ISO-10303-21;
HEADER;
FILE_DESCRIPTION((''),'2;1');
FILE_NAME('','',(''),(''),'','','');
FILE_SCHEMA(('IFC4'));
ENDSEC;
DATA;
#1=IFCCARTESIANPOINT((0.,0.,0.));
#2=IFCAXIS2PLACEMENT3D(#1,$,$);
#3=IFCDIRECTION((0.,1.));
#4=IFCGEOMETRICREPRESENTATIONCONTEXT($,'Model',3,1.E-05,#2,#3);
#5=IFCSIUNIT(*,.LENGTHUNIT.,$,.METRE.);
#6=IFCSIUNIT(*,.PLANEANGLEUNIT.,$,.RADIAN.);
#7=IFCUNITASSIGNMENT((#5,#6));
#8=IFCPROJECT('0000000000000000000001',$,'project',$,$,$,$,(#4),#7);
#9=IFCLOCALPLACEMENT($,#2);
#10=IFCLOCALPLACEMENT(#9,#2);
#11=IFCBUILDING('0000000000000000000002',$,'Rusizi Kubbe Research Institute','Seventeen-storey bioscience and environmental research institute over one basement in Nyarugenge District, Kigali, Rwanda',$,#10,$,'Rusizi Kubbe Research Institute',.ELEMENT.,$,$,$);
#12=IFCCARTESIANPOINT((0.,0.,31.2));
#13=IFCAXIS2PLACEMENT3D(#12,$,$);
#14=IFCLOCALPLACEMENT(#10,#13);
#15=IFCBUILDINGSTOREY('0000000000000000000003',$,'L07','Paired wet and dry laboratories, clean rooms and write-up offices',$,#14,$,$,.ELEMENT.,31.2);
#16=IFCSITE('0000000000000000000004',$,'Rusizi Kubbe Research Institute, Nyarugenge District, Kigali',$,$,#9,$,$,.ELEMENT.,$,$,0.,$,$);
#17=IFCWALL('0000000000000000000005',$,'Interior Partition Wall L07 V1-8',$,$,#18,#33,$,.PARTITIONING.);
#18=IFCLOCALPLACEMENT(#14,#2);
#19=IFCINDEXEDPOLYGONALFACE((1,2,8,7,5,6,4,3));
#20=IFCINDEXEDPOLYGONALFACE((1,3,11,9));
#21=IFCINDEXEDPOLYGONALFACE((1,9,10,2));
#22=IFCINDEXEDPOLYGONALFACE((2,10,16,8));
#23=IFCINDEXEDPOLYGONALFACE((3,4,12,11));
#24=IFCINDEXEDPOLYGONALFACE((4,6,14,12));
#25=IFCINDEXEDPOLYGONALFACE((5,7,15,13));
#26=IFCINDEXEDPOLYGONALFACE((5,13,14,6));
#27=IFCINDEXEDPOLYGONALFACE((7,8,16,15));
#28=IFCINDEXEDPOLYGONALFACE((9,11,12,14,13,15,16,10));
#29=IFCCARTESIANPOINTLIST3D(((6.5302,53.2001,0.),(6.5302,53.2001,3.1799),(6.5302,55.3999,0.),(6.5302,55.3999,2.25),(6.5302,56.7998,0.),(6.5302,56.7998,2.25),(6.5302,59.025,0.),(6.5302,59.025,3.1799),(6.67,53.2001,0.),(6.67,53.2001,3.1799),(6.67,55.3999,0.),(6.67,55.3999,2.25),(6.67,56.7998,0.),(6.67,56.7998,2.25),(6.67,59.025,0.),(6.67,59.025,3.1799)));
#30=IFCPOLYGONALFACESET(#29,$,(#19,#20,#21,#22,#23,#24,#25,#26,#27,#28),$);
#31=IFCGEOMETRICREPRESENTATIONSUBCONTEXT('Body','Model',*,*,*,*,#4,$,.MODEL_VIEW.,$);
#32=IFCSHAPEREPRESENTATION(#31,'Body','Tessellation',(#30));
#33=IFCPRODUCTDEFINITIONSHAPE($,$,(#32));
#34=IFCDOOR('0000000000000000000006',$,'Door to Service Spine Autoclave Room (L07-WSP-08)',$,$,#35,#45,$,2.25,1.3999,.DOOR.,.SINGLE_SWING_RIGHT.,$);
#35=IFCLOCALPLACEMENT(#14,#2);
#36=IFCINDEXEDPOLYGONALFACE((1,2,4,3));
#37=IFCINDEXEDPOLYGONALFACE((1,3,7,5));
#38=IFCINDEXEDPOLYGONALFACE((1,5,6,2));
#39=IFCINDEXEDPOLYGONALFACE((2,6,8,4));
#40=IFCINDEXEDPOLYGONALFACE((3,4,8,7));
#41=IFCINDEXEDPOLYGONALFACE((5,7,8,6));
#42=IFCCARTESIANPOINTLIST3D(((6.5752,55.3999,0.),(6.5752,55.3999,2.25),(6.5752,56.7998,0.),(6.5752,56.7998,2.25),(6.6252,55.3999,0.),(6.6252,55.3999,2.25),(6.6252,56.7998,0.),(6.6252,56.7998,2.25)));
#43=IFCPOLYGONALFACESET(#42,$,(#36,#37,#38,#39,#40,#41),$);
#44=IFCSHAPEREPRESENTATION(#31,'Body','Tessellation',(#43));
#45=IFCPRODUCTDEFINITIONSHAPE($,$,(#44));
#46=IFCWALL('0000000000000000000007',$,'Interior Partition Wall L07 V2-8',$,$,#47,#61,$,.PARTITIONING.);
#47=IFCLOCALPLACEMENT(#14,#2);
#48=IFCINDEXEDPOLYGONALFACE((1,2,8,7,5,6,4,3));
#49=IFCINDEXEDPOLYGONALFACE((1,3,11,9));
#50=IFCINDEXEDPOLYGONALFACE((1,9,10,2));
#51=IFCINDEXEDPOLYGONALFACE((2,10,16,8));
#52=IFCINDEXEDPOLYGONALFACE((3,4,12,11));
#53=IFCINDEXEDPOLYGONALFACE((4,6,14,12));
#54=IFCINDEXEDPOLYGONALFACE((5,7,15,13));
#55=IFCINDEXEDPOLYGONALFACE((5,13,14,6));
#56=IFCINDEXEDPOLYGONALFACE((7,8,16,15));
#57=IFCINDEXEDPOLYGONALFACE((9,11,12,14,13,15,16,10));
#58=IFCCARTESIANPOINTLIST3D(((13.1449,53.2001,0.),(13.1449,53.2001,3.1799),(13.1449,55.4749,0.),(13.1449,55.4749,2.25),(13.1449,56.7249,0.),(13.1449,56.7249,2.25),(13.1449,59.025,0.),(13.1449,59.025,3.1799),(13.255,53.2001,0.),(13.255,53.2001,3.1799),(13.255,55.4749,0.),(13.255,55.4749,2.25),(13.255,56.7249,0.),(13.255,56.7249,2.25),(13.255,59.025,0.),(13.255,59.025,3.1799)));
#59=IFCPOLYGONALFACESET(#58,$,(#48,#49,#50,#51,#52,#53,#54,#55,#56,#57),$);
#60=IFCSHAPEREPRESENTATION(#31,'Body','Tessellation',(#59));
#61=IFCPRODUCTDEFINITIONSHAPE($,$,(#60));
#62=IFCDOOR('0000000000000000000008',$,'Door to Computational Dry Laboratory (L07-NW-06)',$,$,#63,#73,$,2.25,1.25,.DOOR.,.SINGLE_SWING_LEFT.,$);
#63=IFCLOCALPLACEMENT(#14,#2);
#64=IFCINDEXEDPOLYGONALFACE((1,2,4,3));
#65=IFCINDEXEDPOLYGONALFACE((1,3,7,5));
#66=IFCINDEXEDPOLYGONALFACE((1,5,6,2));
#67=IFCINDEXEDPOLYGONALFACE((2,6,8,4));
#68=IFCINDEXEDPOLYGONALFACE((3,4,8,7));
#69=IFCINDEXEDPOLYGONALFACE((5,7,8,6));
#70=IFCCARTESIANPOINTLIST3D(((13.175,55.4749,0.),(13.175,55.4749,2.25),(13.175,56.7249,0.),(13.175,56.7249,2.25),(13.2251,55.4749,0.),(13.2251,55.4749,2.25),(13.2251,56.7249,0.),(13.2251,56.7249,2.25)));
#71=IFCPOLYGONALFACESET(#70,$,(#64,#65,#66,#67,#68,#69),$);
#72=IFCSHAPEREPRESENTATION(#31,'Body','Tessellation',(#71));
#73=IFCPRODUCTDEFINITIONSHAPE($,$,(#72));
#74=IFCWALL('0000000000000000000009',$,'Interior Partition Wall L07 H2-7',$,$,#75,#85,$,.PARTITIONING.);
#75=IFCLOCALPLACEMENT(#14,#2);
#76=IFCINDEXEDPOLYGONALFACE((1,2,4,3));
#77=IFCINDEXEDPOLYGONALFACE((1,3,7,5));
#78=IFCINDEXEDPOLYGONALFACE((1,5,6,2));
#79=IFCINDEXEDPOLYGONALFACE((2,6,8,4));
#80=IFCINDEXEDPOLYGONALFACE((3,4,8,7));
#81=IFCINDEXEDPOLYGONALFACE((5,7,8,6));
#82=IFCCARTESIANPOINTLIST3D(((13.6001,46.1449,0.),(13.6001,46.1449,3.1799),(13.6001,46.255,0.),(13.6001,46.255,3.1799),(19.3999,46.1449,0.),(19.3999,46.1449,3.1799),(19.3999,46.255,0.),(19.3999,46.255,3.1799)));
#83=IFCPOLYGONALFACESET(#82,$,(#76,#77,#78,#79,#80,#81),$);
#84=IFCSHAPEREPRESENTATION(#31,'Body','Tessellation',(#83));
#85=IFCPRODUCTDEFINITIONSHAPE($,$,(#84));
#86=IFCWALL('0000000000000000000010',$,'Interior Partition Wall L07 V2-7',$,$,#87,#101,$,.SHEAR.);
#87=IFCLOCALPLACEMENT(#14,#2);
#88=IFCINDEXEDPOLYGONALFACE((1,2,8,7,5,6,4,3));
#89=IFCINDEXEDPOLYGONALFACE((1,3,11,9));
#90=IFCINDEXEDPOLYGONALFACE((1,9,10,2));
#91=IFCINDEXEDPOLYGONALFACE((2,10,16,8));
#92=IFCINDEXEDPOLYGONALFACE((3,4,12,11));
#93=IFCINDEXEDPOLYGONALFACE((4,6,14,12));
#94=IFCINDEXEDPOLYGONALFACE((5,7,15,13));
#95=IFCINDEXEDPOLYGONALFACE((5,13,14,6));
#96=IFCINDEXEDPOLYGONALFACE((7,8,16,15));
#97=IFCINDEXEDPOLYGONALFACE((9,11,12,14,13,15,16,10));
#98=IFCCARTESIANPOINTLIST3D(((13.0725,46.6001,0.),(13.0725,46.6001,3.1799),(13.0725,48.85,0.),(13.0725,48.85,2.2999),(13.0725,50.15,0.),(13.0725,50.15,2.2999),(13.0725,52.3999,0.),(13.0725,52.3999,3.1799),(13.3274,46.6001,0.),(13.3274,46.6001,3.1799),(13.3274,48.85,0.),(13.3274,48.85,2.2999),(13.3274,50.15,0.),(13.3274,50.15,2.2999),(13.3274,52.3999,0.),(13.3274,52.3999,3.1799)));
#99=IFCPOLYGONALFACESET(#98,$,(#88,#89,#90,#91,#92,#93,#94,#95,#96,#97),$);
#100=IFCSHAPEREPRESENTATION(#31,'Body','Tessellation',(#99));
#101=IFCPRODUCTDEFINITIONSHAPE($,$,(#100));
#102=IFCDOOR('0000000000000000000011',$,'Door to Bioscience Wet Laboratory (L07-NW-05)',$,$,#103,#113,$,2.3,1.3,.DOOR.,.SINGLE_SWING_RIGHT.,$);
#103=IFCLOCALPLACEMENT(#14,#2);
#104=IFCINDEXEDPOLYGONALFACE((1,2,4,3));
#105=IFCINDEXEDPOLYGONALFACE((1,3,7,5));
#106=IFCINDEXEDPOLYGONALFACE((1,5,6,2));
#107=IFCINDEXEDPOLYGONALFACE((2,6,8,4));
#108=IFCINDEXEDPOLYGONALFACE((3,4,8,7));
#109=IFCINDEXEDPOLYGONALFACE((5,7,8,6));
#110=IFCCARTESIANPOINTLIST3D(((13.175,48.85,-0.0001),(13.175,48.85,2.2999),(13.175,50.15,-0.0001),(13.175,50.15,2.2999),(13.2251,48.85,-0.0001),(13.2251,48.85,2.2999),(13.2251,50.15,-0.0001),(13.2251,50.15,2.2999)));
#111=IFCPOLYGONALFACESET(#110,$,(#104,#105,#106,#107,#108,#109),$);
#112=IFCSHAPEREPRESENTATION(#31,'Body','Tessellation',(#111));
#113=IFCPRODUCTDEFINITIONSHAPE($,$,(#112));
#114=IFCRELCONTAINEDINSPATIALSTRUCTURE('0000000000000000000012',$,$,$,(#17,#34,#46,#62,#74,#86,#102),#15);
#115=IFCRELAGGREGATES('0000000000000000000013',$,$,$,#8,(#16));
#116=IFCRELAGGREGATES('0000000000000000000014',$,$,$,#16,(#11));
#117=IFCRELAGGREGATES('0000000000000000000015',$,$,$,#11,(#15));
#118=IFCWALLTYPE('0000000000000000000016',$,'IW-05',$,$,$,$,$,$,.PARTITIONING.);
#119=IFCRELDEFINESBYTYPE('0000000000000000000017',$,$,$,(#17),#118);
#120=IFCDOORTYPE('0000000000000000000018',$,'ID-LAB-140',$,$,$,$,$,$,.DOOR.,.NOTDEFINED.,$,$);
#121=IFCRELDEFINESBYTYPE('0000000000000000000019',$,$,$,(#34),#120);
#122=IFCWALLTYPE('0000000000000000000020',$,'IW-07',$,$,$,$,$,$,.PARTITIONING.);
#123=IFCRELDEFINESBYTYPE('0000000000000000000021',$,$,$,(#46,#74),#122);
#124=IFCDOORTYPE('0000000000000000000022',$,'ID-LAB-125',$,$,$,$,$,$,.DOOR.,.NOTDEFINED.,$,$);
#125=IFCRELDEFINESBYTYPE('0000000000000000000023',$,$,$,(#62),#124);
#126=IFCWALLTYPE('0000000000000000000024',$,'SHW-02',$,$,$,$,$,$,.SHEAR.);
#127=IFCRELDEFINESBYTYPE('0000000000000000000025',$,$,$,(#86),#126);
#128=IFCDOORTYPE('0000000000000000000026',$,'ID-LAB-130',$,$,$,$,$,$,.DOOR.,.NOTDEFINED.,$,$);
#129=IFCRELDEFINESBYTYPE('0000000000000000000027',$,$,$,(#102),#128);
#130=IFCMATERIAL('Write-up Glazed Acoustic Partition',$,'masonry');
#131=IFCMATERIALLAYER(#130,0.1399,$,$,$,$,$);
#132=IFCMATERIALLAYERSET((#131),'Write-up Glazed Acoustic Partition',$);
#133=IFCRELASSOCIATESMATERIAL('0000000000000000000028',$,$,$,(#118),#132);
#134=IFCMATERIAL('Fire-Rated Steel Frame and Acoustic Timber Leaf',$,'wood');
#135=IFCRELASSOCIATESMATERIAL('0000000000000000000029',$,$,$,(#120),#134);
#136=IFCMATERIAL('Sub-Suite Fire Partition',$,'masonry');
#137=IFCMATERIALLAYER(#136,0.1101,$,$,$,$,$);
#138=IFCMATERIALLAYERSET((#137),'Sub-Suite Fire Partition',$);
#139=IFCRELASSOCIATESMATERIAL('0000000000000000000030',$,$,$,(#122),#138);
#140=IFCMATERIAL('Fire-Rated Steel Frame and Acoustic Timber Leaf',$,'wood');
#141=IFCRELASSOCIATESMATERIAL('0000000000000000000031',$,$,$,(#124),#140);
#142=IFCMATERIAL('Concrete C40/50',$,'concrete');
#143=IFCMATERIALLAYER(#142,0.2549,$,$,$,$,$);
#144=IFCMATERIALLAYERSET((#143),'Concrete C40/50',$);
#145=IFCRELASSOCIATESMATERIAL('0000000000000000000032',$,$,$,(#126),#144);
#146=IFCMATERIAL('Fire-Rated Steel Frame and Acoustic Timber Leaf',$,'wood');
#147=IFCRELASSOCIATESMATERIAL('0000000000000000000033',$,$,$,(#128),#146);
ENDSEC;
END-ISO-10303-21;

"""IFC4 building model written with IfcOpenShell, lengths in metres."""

from ifc_helpers import new_model, si_unit, direction, frame, frame_2d, origin, place, context, subcontext, project, spatial, rectangle, extrude, material, layer, layer_set, type_object, element, fill, save


model = new_model("IFC4")

# Units and contexts
model_context = context("Model", 3, precision=1e-05, world=origin(), true_north=direction((0.0, 1.0)))
body_context = subcontext(model_context, "Body", "Model", "MODEL_VIEW")
ifc_project = project(units=[si_unit("LENGTHUNIT", "METRE"), si_unit("PLANEANGLEUNIT", "RADIAN")], contexts=[model_context])

# Site, building, storey
site_placement = place(None, origin())
site = spatial("IfcSite", under=ifc_project, at=site_placement, Name="Rusizi Kubbe Research Institute, Nyarugenge District, Kigali", CompositionType="ELEMENT", RefElevation=0.0)
building_placement = place(site_placement, origin())
building = spatial("IfcBuilding", under=site, at=building_placement, Name="Rusizi Kubbe Research Institute", Description="Seventeen-storey bioscience and environmental research institute over one basement in Nyarugenge District, Kigali, Rwanda", LongName="Rusizi Kubbe Research Institute", CompositionType="ELEMENT")
storey_placement = place(building_placement, frame((0.0, 0.0, 31.2)))
storey = spatial("IfcBuildingStorey", under=building, at=storey_placement, Name="L07", Description="Paired wet and dry laboratories, clean rooms and write-up offices", CompositionType="ELEMENT", Elevation=31.2)

# Walls, openings, doors
ifc_material_1 = material(Name="Write-up Glazed Acoustic Partition", Category="masonry")
ifc_layer_1 = layer(ifc_material_1, 0.1399)
ifc_layer_set_1 = layer_set([ifc_layer_1], Name="Write-up Glazed Acoustic Partition")
wall_type_1 = type_object("IfcWallType", Name="IW-05", PredefinedType="PARTITIONING", material=ifc_layer_set_1)
wall_1_placement = place(storey_placement, frame((6.6001, 53.2, 0.0), z_axis=(0.0, 0.0, 1.0), x_axis=(0.0, 1.0, 0.0)))
wall_1 = element("IfcWall", 1, at=wall_1_placement, inside=storey, type_object=wall_type_1, Name="Interior Partition Wall L07 V1-8", PredefinedType="PARTITIONING", context=body_context, shape_type="SweptSolid", body=[
    extrude(rectangle(XDim=5.825, YDim=0.1399, at=frame_2d((2.9126, 0.0))), origin(), (0.0, 0.0, 1.0), 3.1799),
])
opening_1_placement = place(wall_1_placement, frame((2.2, 0.0, 0.0)))
opening_1 = element("IfcOpeningElement", 2, at=opening_1_placement, cuts=wall_1, PredefinedType="OPENING", context=body_context, shape_type="SweptSolid", body=[
    extrude(rectangle(XDim=1.3999, YDim=2.25, at=frame_2d((0.7, 1.125))), frame((0.0, 0.0798, 0.0), z_axis=(0.0, -1.0, 0.0), x_axis=(1.0, 0.0, 0.0)), (0.0, 0.0, 1.0), 0.1599),
])
ifc_material_2 = material(Name="Fire-Rated Steel Frame and Acoustic Timber Leaf", Category="wood")
door_type_1 = type_object("IfcDoorType", Name="ID-LAB-140", OperationType="NOTDEFINED", PredefinedType="DOOR", material=ifc_material_2)
door_1_placement = place(opening_1_placement, origin())
door_1 = element("IfcDoor", 3, at=door_1_placement, inside=storey, type_object=door_type_1, Name="Door to Service Spine Autoclave Room (L07-WSP-08)", OperationType="SINGLE_SWING_RIGHT", OverallHeight=2.25, OverallWidth=1.3999, PredefinedType="DOOR", context=body_context, shape_type="SweptSolid", body=[
    extrude(rectangle(XDim=1.3999, YDim=2.25, at=frame_2d((0.7, 1.125))), frame((0.0, 0.0249, 0.0), z_axis=(0.0, -1.0, 0.0), x_axis=(1.0, 0.0, 0.0)), (0.0, 0.0, 1.0), 0.05),
])
fill(opening_1, door_1)
ifc_material_3 = material(Name="Sub-Suite Fire Partition", Category="masonry")
ifc_layer_2 = layer(ifc_material_3, 0.1101)
ifc_layer_set_2 = layer_set([ifc_layer_2], Name="Sub-Suite Fire Partition")
wall_type_2 = type_object("IfcWallType", Name="IW-07", PredefinedType="PARTITIONING", material=ifc_layer_set_2)
wall_2_placement = place(storey_placement, frame((13.2, 53.2, 0.0), z_axis=(0.0, 0.0, 1.0), x_axis=(0.0, 1.0, 0.0)))
wall_2 = element("IfcWall", 4, at=wall_2_placement, inside=storey, type_object=wall_type_2, Name="Interior Partition Wall L07 V2-8", PredefinedType="PARTITIONING", context=body_context, shape_type="SweptSolid", body=[
    extrude(rectangle(XDim=5.825, YDim=0.1101, at=frame_2d((2.9126, 0.0))), origin(), (0.0, 0.0, 1.0), 3.1799),
])
opening_2_placement = place(wall_2_placement, frame((2.2749, 0.0, 0.0)))
opening_2 = element("IfcOpeningElement", 5, at=opening_2_placement, cuts=wall_2, PredefinedType="OPENING", context=body_context, shape_type="SweptSolid", body=[
    extrude(rectangle(XDim=1.25, YDim=2.25, at=frame_2d((0.625, 1.125))), frame((0.0, 0.0649, 0.0), z_axis=(0.0, -1.0, 0.0), x_axis=(1.0, 0.0, 0.0)), (0.0, 0.0, 1.0), 0.1301),
])
ifc_material_4 = material(Name="Fire-Rated Steel Frame and Acoustic Timber Leaf", Category="wood")
door_type_2 = type_object("IfcDoorType", Name="ID-LAB-125", OperationType="NOTDEFINED", PredefinedType="DOOR", material=ifc_material_4)
door_2_placement = place(opening_2_placement, origin())
door_2 = element("IfcDoor", 6, at=door_2_placement, inside=storey, type_object=door_type_2, Name="Door to Computational Dry Laboratory (L07-NW-06)", OperationType="SINGLE_SWING_LEFT", OverallHeight=2.25, OverallWidth=1.25, PredefinedType="DOOR", context=body_context, shape_type="SweptSolid", body=[
    extrude(rectangle(XDim=1.25, YDim=2.25, at=frame_2d((0.625, 1.125))), frame((0.0, 0.0249, 0.0), z_axis=(0.0, -1.0, 0.0), x_axis=(1.0, 0.0, 0.0)), (0.0, 0.0, 1.0), 0.05),
])
fill(opening_2, door_2)

# Wall
wall_3_placement = place(storey_placement, frame((13.6001, 46.2, 0.0), z_axis=(0.0, 0.0, 1.0), x_axis=(1.0, 0.0, 0.0)))
element("IfcWall", 7, at=wall_3_placement, inside=storey, type_object=wall_type_2, Name="Interior Partition Wall L07 H2-7", PredefinedType="PARTITIONING", context=body_context, shape_type="SweptSolid", body=[
    extrude(rectangle(XDim=5.7998, YDim=0.1101, at=frame_2d((2.8999, 0.0))), origin(), (0.0, 0.0, 1.0), 3.1799),
])

# Wall, opening, door
ifc_material_5 = material(Name="Concrete C40/50", Category="concrete")
ifc_layer_3 = layer(ifc_material_5, 0.2549)
ifc_layer_set_3 = layer_set([ifc_layer_3], Name="Concrete C40/50")
wall_type_3 = type_object("IfcWallType", Name="SHW-02", PredefinedType="SHEAR", material=ifc_layer_set_3)
wall_4_placement = place(storey_placement, frame((13.2, 46.6001, 0.0), z_axis=(0.0, 0.0, 1.0), x_axis=(0.0, 1.0, 0.0)))
wall_4 = element("IfcWall", 8, at=wall_4_placement, inside=storey, type_object=wall_type_3, Name="Interior Partition Wall L07 V2-7", PredefinedType="SHEAR", context=body_context, shape_type="SweptSolid", body=[
    extrude(rectangle(XDim=5.7998, YDim=0.2549, at=frame_2d((2.8999, 0.0))), origin(), (0.0, 0.0, 1.0), 3.1799),
])
opening_3_placement = place(wall_4_placement, frame((2.25, 0.0, 0.0)))
opening_3 = element("IfcOpeningElement", 9, at=opening_3_placement, cuts=wall_4, PredefinedType="OPENING", context=body_context, shape_type="SweptSolid", body=[
    extrude(rectangle(XDim=1.3, YDim=2.3, at=frame_2d((0.6499, 1.1499))), frame((0.0, 0.1375, 0.0), z_axis=(0.0, -1.0, 0.0), x_axis=(1.0, 0.0, 0.0)), (0.0, 0.0, 1.0), 0.2749),
])
ifc_material_6 = material(Name="Fire-Rated Steel Frame and Acoustic Timber Leaf", Category="wood")
door_type_3 = type_object("IfcDoorType", Name="ID-LAB-130", OperationType="NOTDEFINED", PredefinedType="DOOR", material=ifc_material_6)
door_3_placement = place(opening_3_placement, origin())
door_3 = element("IfcDoor", 10, at=door_3_placement, inside=storey, type_object=door_type_3, Name="Door to Bioscience Wet Laboratory (L07-NW-05)", OperationType="SINGLE_SWING_RIGHT", OverallHeight=2.3, OverallWidth=1.3, PredefinedType="DOOR", context=body_context, shape_type="SweptSolid", body=[
    extrude(rectangle(XDim=1.3, YDim=2.3, at=frame_2d((0.6499, 1.1499))), frame((0.0, 0.0249, 0.0), z_axis=(0.0, -1.0, 0.0), x_axis=(1.0, 0.0, 0.0)), (0.0, 0.0, 1.0), 0.05),
])
fill(opening_3, door_3)

save(model, "model.ifc")
